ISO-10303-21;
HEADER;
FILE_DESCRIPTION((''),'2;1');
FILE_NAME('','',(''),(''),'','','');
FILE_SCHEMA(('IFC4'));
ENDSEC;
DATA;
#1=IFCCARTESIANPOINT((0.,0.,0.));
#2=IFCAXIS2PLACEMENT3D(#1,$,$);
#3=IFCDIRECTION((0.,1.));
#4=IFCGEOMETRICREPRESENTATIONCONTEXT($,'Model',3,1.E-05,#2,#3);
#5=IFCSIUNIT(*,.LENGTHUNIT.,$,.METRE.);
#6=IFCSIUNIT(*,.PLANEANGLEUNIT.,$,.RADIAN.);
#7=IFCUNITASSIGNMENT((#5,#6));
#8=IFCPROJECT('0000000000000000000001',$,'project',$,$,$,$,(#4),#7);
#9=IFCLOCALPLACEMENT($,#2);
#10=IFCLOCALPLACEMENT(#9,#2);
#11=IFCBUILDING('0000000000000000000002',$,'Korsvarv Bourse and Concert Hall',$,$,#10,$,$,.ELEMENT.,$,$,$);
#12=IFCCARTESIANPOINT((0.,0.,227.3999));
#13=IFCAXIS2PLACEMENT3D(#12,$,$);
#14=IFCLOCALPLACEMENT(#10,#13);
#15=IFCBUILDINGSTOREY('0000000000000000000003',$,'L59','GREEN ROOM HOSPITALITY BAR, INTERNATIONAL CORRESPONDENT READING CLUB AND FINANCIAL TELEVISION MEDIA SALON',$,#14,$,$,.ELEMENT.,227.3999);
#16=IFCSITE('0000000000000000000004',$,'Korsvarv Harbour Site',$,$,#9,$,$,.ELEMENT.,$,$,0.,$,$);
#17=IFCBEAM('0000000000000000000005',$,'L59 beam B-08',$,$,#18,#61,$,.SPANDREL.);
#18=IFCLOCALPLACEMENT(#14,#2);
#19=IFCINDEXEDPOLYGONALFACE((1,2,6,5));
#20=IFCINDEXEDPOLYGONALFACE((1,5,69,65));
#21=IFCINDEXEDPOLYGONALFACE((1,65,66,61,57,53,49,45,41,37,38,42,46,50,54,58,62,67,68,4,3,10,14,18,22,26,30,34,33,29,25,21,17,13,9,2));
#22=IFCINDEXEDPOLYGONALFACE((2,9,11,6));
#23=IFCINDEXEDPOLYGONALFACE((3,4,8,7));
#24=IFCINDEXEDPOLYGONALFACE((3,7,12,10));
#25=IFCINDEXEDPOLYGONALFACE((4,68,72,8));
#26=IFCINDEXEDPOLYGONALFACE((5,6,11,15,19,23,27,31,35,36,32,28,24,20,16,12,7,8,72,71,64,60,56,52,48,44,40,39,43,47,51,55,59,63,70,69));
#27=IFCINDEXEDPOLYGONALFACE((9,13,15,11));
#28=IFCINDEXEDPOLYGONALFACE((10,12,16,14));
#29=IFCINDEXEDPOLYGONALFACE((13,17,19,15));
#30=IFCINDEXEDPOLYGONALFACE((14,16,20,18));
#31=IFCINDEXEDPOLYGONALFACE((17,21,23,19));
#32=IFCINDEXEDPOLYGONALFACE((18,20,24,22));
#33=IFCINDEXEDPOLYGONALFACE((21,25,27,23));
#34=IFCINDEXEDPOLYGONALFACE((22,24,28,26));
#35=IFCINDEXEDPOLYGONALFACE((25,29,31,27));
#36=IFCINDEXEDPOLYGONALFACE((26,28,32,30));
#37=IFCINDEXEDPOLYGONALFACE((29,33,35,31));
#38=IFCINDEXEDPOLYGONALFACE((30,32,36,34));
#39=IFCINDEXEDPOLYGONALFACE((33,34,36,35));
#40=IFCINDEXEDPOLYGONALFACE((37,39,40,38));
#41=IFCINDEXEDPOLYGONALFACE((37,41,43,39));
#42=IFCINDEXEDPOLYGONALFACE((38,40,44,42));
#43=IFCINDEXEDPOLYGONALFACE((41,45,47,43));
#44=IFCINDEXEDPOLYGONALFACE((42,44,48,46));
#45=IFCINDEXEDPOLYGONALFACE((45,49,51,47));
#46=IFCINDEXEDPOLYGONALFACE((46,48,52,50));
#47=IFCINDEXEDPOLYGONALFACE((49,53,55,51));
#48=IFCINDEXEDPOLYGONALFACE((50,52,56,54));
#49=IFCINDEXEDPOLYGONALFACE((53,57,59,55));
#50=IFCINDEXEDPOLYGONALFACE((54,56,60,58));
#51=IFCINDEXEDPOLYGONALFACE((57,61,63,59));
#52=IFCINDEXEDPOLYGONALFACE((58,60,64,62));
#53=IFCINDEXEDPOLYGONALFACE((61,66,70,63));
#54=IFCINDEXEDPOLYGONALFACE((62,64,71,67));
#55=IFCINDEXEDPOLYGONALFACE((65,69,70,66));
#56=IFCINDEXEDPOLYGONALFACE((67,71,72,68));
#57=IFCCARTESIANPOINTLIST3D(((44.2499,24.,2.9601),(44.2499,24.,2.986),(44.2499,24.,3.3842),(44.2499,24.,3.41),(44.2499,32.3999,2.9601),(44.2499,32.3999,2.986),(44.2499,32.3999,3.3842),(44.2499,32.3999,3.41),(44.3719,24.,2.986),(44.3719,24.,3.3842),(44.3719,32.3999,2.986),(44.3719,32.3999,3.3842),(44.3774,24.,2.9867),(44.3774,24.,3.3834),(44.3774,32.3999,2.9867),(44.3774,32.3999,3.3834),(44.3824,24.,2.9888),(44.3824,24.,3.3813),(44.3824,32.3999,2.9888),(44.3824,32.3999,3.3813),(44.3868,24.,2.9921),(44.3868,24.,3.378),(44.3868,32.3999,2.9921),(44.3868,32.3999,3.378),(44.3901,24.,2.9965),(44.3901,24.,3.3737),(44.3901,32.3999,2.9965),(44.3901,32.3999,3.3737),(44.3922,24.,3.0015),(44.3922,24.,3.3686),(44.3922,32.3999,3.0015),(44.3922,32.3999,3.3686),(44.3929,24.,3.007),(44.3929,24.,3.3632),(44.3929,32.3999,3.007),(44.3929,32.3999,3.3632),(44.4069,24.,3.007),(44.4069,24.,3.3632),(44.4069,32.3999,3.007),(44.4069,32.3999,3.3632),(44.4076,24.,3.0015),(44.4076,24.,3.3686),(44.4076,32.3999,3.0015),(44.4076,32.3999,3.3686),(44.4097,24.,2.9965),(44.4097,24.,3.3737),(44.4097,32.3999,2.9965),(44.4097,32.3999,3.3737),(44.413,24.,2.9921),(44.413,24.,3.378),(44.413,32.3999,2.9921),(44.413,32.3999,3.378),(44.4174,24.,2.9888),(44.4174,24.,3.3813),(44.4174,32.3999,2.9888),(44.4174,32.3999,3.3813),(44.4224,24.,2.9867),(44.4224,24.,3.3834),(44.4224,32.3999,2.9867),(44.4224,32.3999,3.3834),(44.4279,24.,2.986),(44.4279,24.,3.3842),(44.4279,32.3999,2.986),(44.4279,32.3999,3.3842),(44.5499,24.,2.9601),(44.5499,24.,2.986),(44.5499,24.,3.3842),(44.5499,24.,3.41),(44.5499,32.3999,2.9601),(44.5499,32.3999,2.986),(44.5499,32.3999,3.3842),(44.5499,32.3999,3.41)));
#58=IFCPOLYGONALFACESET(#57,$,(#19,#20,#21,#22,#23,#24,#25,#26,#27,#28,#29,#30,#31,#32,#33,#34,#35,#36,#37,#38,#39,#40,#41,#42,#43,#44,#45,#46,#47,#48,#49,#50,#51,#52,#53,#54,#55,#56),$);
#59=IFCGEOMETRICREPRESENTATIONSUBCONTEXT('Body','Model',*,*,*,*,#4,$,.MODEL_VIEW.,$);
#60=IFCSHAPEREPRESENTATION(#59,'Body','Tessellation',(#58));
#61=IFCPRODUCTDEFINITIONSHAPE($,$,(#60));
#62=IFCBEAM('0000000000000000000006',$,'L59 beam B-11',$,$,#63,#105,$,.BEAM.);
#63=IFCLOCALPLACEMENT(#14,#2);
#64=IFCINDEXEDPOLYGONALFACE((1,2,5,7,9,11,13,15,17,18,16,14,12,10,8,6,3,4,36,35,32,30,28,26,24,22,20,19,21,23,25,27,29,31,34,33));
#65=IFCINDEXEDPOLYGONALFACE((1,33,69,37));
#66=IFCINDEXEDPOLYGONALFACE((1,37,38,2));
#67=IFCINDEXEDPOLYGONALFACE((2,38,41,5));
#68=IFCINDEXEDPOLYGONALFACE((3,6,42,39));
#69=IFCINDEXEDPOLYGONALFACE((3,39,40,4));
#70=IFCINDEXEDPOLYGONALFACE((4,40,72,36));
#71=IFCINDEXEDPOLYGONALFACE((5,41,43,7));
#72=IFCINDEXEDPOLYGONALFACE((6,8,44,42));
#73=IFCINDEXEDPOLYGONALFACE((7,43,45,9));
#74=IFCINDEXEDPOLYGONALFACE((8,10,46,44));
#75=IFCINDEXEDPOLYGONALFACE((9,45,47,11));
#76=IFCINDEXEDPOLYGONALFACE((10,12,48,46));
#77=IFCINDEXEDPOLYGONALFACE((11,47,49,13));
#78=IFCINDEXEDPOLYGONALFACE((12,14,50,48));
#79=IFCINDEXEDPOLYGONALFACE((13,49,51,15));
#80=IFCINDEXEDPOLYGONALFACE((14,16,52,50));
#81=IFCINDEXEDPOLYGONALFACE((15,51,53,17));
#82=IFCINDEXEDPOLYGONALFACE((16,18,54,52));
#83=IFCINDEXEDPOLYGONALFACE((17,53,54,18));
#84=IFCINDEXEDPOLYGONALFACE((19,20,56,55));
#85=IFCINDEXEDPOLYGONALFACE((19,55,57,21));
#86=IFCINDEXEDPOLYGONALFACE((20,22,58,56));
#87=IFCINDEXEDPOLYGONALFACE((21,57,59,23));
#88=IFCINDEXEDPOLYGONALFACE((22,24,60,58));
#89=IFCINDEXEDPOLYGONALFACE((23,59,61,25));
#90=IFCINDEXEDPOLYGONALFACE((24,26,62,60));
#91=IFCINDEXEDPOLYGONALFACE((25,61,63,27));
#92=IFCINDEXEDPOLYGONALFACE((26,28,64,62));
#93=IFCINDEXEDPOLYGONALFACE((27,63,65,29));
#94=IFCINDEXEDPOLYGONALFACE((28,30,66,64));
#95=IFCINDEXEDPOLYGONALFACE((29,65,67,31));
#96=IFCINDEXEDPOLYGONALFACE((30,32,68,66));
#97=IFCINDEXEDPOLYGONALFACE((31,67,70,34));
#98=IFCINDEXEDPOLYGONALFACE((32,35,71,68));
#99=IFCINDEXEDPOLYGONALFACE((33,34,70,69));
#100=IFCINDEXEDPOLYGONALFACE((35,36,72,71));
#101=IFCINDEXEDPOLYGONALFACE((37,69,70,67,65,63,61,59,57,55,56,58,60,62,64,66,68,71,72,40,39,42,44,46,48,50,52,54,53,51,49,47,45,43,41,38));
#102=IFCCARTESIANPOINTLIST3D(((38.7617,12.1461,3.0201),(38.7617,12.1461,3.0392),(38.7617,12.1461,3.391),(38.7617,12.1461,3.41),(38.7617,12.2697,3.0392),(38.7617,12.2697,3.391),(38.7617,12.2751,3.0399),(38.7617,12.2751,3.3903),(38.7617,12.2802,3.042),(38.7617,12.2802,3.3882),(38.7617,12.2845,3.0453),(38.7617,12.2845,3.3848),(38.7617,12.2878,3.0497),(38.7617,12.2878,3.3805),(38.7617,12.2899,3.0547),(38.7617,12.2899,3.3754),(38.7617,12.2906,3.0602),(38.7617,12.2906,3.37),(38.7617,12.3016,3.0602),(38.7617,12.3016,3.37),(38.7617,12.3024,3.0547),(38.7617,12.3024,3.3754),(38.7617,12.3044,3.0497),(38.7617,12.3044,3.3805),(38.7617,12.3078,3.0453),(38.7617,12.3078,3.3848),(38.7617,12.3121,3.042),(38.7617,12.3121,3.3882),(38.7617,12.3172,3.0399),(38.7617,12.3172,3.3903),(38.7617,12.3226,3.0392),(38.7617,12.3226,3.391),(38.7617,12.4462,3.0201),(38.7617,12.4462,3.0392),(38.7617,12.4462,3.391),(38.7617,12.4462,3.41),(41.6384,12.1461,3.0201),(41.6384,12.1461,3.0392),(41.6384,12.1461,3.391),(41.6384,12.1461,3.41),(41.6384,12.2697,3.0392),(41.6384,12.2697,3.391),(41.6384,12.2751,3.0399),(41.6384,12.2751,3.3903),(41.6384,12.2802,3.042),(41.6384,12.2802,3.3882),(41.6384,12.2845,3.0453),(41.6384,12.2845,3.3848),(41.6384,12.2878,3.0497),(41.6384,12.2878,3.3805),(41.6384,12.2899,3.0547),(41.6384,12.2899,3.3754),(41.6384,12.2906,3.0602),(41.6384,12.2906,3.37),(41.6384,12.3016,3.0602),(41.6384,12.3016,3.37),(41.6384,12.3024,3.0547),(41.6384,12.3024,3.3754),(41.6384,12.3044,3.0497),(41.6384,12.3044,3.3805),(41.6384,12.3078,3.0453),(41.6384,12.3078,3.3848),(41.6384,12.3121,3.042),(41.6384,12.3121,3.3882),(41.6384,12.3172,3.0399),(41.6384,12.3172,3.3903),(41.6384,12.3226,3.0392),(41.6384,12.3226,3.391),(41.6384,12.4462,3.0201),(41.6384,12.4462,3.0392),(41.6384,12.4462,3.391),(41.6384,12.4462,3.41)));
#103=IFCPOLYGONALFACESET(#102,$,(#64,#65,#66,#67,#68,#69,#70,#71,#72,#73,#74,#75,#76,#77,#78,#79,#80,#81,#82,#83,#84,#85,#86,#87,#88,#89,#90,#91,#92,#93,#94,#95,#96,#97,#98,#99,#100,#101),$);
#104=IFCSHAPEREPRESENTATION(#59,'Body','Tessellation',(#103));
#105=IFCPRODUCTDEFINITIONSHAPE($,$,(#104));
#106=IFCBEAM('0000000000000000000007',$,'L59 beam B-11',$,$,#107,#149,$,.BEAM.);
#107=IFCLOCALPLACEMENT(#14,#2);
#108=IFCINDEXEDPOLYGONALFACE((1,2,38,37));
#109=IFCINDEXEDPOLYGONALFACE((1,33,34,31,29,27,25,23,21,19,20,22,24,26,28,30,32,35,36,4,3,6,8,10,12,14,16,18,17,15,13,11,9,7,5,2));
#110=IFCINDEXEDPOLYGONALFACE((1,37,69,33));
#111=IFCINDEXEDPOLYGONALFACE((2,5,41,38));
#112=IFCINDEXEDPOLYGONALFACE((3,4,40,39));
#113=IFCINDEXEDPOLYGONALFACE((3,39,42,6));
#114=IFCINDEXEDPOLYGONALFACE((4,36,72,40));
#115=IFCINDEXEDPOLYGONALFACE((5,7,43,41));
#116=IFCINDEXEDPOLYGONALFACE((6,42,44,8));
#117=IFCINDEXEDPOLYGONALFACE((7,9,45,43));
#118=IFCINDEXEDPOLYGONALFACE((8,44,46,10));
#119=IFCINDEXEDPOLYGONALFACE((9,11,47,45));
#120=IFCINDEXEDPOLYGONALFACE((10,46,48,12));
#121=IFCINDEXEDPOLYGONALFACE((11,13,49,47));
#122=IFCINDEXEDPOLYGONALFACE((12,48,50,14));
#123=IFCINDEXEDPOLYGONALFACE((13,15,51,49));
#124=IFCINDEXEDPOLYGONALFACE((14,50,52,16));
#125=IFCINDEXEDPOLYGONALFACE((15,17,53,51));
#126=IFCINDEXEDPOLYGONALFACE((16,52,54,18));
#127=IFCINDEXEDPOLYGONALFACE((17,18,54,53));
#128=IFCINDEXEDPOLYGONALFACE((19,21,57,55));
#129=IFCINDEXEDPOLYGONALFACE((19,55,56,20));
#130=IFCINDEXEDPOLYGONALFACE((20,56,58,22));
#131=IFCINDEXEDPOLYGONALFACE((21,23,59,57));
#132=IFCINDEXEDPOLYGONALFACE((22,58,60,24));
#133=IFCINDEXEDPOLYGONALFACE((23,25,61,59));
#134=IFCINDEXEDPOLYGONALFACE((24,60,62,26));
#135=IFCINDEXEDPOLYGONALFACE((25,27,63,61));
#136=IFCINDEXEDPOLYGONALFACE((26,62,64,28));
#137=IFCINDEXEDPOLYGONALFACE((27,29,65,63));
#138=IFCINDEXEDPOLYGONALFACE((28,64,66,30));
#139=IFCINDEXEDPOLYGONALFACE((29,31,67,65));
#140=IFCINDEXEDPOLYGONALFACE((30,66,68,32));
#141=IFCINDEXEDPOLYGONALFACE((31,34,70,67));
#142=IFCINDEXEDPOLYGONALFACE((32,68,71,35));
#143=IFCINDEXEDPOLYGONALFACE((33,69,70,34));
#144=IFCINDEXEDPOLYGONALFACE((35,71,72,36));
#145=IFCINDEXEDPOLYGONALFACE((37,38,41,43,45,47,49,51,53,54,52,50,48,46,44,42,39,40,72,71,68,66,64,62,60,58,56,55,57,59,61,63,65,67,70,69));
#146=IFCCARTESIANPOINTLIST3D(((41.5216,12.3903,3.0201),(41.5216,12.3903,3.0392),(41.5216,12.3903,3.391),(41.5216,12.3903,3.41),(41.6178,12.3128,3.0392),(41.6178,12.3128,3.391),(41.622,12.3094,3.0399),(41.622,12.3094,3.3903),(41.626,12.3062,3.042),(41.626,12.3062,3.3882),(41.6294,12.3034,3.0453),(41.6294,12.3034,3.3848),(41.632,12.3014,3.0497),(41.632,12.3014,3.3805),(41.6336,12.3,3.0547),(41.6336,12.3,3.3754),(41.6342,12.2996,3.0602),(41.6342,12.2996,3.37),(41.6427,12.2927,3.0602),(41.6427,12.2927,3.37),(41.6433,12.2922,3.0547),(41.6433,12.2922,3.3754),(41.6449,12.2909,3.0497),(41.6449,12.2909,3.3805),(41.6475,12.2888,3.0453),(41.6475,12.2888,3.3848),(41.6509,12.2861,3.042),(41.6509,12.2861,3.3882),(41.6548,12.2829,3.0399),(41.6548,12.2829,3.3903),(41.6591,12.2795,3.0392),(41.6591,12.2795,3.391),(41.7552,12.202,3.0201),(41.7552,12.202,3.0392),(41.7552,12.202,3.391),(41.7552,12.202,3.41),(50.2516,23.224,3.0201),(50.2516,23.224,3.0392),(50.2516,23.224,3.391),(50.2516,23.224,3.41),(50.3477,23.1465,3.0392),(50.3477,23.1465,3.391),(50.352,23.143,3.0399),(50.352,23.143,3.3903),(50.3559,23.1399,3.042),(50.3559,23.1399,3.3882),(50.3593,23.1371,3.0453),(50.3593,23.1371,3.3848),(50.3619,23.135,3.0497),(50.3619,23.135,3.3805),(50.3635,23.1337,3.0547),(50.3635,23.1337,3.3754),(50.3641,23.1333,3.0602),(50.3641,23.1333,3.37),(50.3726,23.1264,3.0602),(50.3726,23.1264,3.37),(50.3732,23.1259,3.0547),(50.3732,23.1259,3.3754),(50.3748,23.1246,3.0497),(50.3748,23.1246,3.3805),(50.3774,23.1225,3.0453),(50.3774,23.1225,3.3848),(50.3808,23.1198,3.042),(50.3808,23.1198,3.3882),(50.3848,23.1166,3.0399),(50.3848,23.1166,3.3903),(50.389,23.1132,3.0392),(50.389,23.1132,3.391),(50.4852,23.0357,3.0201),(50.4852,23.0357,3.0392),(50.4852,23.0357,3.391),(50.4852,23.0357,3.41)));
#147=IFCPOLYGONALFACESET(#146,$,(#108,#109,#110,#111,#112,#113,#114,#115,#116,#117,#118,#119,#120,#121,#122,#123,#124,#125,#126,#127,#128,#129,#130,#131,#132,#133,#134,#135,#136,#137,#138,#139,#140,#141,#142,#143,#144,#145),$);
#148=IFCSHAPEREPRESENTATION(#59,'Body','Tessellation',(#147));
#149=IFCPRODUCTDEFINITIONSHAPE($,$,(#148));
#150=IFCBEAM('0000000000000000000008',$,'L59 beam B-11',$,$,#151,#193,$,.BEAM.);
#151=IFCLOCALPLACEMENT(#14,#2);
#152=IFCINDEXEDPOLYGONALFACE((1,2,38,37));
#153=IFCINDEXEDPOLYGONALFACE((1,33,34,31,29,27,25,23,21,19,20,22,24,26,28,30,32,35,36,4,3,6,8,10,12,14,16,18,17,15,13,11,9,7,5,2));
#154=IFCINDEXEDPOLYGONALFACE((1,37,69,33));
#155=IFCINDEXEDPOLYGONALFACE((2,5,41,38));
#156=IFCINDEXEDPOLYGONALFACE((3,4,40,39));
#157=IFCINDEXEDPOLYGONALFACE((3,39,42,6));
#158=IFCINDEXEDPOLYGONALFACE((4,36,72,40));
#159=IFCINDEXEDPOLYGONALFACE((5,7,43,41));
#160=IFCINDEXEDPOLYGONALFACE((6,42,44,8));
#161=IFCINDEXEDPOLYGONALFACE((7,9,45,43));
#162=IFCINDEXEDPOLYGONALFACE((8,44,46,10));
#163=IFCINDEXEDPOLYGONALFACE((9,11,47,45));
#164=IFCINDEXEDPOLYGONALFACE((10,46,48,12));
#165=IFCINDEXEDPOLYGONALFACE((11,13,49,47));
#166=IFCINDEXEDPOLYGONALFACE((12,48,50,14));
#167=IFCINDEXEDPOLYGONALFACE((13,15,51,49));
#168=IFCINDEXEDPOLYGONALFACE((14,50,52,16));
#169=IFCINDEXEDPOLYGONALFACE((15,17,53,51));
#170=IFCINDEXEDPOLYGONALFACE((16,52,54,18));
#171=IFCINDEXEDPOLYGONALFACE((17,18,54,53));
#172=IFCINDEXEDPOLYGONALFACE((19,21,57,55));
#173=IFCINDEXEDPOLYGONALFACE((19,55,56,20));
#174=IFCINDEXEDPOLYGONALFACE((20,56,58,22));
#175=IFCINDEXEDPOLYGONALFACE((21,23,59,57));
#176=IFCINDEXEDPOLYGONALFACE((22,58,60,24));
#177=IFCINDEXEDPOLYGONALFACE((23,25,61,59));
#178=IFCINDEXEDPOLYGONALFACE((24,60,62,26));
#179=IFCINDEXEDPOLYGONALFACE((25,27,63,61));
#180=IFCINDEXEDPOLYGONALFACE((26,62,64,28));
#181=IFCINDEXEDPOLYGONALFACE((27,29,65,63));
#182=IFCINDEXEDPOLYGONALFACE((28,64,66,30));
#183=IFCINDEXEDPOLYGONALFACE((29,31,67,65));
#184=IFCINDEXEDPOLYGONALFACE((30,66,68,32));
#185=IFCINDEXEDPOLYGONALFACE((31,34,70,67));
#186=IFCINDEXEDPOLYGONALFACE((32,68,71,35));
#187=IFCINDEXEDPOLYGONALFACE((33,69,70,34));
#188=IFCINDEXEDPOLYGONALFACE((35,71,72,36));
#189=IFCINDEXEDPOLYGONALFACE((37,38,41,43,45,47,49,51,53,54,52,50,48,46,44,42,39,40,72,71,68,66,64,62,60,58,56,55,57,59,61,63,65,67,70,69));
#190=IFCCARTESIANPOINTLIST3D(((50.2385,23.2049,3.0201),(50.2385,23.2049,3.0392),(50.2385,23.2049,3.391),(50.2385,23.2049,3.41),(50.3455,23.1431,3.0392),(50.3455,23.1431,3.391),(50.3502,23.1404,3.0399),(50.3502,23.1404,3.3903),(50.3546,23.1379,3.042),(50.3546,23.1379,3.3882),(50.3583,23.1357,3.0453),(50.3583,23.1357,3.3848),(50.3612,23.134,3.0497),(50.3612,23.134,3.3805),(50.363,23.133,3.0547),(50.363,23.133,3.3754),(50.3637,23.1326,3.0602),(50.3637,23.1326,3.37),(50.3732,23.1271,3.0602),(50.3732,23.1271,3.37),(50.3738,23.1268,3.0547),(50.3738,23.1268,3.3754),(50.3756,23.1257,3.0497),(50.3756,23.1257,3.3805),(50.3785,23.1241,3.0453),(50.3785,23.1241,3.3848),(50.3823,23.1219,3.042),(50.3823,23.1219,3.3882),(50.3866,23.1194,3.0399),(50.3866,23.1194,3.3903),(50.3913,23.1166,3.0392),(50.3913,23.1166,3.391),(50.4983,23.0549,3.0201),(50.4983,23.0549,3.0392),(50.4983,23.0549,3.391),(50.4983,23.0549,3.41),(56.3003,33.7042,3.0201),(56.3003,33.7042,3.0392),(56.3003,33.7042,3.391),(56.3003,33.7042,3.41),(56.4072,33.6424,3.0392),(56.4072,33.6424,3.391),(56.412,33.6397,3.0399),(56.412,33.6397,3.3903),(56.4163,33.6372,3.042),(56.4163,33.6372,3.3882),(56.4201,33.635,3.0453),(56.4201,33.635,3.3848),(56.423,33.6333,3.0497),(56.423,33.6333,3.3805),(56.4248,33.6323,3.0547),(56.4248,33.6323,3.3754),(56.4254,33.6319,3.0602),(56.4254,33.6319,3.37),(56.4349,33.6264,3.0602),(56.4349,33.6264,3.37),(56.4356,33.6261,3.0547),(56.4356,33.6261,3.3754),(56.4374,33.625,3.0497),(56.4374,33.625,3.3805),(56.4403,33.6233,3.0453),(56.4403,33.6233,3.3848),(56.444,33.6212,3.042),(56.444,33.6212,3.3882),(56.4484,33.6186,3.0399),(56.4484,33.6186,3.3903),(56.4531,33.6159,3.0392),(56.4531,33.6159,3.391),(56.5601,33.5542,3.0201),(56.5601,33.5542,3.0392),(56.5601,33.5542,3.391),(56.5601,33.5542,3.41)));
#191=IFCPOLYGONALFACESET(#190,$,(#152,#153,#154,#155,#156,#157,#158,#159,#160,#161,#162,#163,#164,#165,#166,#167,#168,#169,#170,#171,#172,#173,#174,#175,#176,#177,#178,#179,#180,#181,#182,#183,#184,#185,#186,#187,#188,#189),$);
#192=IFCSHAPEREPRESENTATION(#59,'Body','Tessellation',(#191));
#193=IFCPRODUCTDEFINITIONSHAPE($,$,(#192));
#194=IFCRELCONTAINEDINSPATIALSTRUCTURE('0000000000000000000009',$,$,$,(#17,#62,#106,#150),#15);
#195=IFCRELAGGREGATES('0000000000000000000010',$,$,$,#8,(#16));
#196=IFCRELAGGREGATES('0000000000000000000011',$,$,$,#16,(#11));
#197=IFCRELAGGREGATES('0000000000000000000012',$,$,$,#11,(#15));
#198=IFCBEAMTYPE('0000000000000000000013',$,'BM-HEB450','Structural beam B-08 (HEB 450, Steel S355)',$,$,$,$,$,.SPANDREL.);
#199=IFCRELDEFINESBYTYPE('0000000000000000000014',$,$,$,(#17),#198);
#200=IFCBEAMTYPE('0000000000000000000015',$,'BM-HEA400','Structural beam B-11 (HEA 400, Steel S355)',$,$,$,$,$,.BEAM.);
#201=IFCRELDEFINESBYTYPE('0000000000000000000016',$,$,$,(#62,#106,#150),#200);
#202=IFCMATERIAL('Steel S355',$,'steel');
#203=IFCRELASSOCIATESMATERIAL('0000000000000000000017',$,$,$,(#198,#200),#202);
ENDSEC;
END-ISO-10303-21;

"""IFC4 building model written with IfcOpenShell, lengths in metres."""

from ifc_helpers import new_model, si_unit, direction, frame, origin, origin_2d, place, context, subcontext, project, spatial, i_section, extrude, source, transform, mapped, material, material_profile, profile_set, type_object, element, save


model = new_model("IFC4")

# Units and contexts
model_context = context("Model", 3, precision=1e-05, world=origin(), true_north=direction((0.0, 1.0)))
body_context = subcontext(model_context, "Body", "Model", "MODEL_VIEW")
ifc_project = project(units=[si_unit("LENGTHUNIT", "METRE"), si_unit("PLANEANGLEUNIT", "RADIAN")], contexts=[model_context])

# Site, building, storey
site_placement = place(None, origin())
site = spatial("IfcSite", under=ifc_project, at=site_placement, Name="Korsvarv Harbour Site", CompositionType="ELEMENT", RefElevation=0.0)
building_placement = place(site_placement, origin())
building = spatial("IfcBuilding", under=site, at=building_placement, Name="Korsvarv Bourse and Concert Hall", CompositionType="ELEMENT")
storey_placement = place(building_placement, frame((0.0, 0.0, 227.3999)))
storey = spatial("IfcBuildingStorey", under=building, at=storey_placement, Name="L59", Description="GREEN ROOM HOSPITALITY BAR, INTERNATIONAL CORRESPONDENT READING CLUB AND FINANCIAL TELEVISION MEDIA SALON", CompositionType="ELEMENT", Elevation=227.3999)

# Shared definitions
ifc_material_1 = material(Name="Steel S355", Category="steel")

# Beams
ifc_material_profile_1 = material_profile(ifc_material_1, i_section(OverallWidth=0.3, OverallDepth=0.45, WebThickness=0.0139, FlangeThickness=0.0259, FilletRadius=0.021, at=origin_2d()), Name="HEB 450")
ifc_profile_set_1 = profile_set([ifc_material_profile_1], Name="Steel S355")
beam_type_1 = type_object("IfcBeamType", Name="BM-HEB450", Description="Structural beam B-08 (HEB 450, Steel S355)", PredefinedType="SPANDREL", material=ifc_profile_set_1)
shared_shape_1 = source(origin(), body_context, "Body", "SweptSolid", [
    extrude(i_section(OverallWidth=0.3, OverallDepth=0.45, WebThickness=0.0139, FlangeThickness=0.0259, FilletRadius=0.021, at=origin_2d()), origin(), (0.0, 0.0, 1.0), 8.3999),
])
beam_1_placement = place(storey_placement, frame((44.3999, 24.0, 3.1851), z_axis=(0.0, 1.0, 0.0), x_axis=(-1.0, 0.0, 0.0)))
element("IfcBeam", 1, at=beam_1_placement, inside=storey, type_object=beam_type_1, Name="L59 beam B-08", PredefinedType="SPANDREL", context=body_context, shape_type="MappedRepresentation", body=[
    mapped(shared_shape_1, transform((0.0, 0.0, 0.0), scale=1.0)),
])
ifc_material_profile_2 = material_profile(ifc_material_1, i_section(OverallWidth=0.3, OverallDepth=0.3899, WebThickness=0.011, FlangeThickness=0.019, FilletRadius=0.021, at=origin_2d()), Name="HEA 400")
ifc_profile_set_2 = profile_set([ifc_material_profile_2], Name="Steel S355")
beam_type_2 = type_object("IfcBeamType", Name="BM-HEA400", Description="Structural beam B-11 (HEA 400, Steel S355)", PredefinedType="BEAM", material=ifc_profile_set_2)
shared_shape_2 = source(origin(), body_context, "Body", "SweptSolid", [
    extrude(i_section(OverallWidth=0.3, OverallDepth=0.3899, WebThickness=0.011, FlangeThickness=0.019, FilletRadius=0.021, at=origin_2d()), origin(), (0.0, 0.0, 1.0), 2.8767),
])
beam_2_placement = place(storey_placement, frame((38.7617, 12.2961, 3.2151), z_axis=(1.0, 0.0, 0.0), x_axis=(0.0, 1.0, 0.0)))
element("IfcBeam", 2, at=beam_2_placement, inside=storey, type_object=beam_type_2, Name="L59 beam B-11", PredefinedType="BEAM", context=body_context, shape_type="MappedRepresentation", body=[
    mapped(shared_shape_2, transform((0.0, 0.0, 0.0), scale=1.0)),
])
shared_shape_3 = source(origin(), body_context, "Body", "SweptSolid", [
    extrude(i_section(OverallWidth=0.3, OverallDepth=0.3899, WebThickness=0.011, FlangeThickness=0.019, FilletRadius=0.021, at=origin_2d()), origin(), (0.0, 0.0, 1.0), 13.9133),
])
beam_3_placement = place(storey_placement, frame((41.6384, 12.2961, 3.2151), z_axis=(0.627452, 0.778656, 0.0), x_axis=(-0.778656, 0.627452, 0.0)))
element("IfcBeam", 3, at=beam_3_placement, inside=storey, type_object=beam_type_2, Name="L59 beam B-11", PredefinedType="BEAM", context=body_context, shape_type="MappedRepresentation", body=[
    mapped(shared_shape_3, transform((0.0, 0.0, 0.0), scale=1.0)),
])
shared_shape_4 = source(origin(), body_context, "Body", "SweptSolid", [
    extrude(i_section(OverallWidth=0.3, OverallDepth=0.3899, WebThickness=0.011, FlangeThickness=0.019, FilletRadius=0.021, at=origin_2d()), origin(), (0.0, 0.0, 1.0), 12.1235),
])
beam_4_placement = place(storey_placement, frame((50.3684, 23.1299, 3.2151), z_axis=(0.500001, 0.866025, 0.0), x_axis=(-0.866025, 0.500001, 0.0)))
element("IfcBeam", 4, at=beam_4_placement, inside=storey, type_object=beam_type_2, Name="L59 beam B-11", PredefinedType="BEAM", context=body_context, shape_type="MappedRepresentation", body=[
    mapped(shared_shape_4, transform((0.0, 0.0, 0.0), scale=1.0)),
])

save(model, "model.ifc")
